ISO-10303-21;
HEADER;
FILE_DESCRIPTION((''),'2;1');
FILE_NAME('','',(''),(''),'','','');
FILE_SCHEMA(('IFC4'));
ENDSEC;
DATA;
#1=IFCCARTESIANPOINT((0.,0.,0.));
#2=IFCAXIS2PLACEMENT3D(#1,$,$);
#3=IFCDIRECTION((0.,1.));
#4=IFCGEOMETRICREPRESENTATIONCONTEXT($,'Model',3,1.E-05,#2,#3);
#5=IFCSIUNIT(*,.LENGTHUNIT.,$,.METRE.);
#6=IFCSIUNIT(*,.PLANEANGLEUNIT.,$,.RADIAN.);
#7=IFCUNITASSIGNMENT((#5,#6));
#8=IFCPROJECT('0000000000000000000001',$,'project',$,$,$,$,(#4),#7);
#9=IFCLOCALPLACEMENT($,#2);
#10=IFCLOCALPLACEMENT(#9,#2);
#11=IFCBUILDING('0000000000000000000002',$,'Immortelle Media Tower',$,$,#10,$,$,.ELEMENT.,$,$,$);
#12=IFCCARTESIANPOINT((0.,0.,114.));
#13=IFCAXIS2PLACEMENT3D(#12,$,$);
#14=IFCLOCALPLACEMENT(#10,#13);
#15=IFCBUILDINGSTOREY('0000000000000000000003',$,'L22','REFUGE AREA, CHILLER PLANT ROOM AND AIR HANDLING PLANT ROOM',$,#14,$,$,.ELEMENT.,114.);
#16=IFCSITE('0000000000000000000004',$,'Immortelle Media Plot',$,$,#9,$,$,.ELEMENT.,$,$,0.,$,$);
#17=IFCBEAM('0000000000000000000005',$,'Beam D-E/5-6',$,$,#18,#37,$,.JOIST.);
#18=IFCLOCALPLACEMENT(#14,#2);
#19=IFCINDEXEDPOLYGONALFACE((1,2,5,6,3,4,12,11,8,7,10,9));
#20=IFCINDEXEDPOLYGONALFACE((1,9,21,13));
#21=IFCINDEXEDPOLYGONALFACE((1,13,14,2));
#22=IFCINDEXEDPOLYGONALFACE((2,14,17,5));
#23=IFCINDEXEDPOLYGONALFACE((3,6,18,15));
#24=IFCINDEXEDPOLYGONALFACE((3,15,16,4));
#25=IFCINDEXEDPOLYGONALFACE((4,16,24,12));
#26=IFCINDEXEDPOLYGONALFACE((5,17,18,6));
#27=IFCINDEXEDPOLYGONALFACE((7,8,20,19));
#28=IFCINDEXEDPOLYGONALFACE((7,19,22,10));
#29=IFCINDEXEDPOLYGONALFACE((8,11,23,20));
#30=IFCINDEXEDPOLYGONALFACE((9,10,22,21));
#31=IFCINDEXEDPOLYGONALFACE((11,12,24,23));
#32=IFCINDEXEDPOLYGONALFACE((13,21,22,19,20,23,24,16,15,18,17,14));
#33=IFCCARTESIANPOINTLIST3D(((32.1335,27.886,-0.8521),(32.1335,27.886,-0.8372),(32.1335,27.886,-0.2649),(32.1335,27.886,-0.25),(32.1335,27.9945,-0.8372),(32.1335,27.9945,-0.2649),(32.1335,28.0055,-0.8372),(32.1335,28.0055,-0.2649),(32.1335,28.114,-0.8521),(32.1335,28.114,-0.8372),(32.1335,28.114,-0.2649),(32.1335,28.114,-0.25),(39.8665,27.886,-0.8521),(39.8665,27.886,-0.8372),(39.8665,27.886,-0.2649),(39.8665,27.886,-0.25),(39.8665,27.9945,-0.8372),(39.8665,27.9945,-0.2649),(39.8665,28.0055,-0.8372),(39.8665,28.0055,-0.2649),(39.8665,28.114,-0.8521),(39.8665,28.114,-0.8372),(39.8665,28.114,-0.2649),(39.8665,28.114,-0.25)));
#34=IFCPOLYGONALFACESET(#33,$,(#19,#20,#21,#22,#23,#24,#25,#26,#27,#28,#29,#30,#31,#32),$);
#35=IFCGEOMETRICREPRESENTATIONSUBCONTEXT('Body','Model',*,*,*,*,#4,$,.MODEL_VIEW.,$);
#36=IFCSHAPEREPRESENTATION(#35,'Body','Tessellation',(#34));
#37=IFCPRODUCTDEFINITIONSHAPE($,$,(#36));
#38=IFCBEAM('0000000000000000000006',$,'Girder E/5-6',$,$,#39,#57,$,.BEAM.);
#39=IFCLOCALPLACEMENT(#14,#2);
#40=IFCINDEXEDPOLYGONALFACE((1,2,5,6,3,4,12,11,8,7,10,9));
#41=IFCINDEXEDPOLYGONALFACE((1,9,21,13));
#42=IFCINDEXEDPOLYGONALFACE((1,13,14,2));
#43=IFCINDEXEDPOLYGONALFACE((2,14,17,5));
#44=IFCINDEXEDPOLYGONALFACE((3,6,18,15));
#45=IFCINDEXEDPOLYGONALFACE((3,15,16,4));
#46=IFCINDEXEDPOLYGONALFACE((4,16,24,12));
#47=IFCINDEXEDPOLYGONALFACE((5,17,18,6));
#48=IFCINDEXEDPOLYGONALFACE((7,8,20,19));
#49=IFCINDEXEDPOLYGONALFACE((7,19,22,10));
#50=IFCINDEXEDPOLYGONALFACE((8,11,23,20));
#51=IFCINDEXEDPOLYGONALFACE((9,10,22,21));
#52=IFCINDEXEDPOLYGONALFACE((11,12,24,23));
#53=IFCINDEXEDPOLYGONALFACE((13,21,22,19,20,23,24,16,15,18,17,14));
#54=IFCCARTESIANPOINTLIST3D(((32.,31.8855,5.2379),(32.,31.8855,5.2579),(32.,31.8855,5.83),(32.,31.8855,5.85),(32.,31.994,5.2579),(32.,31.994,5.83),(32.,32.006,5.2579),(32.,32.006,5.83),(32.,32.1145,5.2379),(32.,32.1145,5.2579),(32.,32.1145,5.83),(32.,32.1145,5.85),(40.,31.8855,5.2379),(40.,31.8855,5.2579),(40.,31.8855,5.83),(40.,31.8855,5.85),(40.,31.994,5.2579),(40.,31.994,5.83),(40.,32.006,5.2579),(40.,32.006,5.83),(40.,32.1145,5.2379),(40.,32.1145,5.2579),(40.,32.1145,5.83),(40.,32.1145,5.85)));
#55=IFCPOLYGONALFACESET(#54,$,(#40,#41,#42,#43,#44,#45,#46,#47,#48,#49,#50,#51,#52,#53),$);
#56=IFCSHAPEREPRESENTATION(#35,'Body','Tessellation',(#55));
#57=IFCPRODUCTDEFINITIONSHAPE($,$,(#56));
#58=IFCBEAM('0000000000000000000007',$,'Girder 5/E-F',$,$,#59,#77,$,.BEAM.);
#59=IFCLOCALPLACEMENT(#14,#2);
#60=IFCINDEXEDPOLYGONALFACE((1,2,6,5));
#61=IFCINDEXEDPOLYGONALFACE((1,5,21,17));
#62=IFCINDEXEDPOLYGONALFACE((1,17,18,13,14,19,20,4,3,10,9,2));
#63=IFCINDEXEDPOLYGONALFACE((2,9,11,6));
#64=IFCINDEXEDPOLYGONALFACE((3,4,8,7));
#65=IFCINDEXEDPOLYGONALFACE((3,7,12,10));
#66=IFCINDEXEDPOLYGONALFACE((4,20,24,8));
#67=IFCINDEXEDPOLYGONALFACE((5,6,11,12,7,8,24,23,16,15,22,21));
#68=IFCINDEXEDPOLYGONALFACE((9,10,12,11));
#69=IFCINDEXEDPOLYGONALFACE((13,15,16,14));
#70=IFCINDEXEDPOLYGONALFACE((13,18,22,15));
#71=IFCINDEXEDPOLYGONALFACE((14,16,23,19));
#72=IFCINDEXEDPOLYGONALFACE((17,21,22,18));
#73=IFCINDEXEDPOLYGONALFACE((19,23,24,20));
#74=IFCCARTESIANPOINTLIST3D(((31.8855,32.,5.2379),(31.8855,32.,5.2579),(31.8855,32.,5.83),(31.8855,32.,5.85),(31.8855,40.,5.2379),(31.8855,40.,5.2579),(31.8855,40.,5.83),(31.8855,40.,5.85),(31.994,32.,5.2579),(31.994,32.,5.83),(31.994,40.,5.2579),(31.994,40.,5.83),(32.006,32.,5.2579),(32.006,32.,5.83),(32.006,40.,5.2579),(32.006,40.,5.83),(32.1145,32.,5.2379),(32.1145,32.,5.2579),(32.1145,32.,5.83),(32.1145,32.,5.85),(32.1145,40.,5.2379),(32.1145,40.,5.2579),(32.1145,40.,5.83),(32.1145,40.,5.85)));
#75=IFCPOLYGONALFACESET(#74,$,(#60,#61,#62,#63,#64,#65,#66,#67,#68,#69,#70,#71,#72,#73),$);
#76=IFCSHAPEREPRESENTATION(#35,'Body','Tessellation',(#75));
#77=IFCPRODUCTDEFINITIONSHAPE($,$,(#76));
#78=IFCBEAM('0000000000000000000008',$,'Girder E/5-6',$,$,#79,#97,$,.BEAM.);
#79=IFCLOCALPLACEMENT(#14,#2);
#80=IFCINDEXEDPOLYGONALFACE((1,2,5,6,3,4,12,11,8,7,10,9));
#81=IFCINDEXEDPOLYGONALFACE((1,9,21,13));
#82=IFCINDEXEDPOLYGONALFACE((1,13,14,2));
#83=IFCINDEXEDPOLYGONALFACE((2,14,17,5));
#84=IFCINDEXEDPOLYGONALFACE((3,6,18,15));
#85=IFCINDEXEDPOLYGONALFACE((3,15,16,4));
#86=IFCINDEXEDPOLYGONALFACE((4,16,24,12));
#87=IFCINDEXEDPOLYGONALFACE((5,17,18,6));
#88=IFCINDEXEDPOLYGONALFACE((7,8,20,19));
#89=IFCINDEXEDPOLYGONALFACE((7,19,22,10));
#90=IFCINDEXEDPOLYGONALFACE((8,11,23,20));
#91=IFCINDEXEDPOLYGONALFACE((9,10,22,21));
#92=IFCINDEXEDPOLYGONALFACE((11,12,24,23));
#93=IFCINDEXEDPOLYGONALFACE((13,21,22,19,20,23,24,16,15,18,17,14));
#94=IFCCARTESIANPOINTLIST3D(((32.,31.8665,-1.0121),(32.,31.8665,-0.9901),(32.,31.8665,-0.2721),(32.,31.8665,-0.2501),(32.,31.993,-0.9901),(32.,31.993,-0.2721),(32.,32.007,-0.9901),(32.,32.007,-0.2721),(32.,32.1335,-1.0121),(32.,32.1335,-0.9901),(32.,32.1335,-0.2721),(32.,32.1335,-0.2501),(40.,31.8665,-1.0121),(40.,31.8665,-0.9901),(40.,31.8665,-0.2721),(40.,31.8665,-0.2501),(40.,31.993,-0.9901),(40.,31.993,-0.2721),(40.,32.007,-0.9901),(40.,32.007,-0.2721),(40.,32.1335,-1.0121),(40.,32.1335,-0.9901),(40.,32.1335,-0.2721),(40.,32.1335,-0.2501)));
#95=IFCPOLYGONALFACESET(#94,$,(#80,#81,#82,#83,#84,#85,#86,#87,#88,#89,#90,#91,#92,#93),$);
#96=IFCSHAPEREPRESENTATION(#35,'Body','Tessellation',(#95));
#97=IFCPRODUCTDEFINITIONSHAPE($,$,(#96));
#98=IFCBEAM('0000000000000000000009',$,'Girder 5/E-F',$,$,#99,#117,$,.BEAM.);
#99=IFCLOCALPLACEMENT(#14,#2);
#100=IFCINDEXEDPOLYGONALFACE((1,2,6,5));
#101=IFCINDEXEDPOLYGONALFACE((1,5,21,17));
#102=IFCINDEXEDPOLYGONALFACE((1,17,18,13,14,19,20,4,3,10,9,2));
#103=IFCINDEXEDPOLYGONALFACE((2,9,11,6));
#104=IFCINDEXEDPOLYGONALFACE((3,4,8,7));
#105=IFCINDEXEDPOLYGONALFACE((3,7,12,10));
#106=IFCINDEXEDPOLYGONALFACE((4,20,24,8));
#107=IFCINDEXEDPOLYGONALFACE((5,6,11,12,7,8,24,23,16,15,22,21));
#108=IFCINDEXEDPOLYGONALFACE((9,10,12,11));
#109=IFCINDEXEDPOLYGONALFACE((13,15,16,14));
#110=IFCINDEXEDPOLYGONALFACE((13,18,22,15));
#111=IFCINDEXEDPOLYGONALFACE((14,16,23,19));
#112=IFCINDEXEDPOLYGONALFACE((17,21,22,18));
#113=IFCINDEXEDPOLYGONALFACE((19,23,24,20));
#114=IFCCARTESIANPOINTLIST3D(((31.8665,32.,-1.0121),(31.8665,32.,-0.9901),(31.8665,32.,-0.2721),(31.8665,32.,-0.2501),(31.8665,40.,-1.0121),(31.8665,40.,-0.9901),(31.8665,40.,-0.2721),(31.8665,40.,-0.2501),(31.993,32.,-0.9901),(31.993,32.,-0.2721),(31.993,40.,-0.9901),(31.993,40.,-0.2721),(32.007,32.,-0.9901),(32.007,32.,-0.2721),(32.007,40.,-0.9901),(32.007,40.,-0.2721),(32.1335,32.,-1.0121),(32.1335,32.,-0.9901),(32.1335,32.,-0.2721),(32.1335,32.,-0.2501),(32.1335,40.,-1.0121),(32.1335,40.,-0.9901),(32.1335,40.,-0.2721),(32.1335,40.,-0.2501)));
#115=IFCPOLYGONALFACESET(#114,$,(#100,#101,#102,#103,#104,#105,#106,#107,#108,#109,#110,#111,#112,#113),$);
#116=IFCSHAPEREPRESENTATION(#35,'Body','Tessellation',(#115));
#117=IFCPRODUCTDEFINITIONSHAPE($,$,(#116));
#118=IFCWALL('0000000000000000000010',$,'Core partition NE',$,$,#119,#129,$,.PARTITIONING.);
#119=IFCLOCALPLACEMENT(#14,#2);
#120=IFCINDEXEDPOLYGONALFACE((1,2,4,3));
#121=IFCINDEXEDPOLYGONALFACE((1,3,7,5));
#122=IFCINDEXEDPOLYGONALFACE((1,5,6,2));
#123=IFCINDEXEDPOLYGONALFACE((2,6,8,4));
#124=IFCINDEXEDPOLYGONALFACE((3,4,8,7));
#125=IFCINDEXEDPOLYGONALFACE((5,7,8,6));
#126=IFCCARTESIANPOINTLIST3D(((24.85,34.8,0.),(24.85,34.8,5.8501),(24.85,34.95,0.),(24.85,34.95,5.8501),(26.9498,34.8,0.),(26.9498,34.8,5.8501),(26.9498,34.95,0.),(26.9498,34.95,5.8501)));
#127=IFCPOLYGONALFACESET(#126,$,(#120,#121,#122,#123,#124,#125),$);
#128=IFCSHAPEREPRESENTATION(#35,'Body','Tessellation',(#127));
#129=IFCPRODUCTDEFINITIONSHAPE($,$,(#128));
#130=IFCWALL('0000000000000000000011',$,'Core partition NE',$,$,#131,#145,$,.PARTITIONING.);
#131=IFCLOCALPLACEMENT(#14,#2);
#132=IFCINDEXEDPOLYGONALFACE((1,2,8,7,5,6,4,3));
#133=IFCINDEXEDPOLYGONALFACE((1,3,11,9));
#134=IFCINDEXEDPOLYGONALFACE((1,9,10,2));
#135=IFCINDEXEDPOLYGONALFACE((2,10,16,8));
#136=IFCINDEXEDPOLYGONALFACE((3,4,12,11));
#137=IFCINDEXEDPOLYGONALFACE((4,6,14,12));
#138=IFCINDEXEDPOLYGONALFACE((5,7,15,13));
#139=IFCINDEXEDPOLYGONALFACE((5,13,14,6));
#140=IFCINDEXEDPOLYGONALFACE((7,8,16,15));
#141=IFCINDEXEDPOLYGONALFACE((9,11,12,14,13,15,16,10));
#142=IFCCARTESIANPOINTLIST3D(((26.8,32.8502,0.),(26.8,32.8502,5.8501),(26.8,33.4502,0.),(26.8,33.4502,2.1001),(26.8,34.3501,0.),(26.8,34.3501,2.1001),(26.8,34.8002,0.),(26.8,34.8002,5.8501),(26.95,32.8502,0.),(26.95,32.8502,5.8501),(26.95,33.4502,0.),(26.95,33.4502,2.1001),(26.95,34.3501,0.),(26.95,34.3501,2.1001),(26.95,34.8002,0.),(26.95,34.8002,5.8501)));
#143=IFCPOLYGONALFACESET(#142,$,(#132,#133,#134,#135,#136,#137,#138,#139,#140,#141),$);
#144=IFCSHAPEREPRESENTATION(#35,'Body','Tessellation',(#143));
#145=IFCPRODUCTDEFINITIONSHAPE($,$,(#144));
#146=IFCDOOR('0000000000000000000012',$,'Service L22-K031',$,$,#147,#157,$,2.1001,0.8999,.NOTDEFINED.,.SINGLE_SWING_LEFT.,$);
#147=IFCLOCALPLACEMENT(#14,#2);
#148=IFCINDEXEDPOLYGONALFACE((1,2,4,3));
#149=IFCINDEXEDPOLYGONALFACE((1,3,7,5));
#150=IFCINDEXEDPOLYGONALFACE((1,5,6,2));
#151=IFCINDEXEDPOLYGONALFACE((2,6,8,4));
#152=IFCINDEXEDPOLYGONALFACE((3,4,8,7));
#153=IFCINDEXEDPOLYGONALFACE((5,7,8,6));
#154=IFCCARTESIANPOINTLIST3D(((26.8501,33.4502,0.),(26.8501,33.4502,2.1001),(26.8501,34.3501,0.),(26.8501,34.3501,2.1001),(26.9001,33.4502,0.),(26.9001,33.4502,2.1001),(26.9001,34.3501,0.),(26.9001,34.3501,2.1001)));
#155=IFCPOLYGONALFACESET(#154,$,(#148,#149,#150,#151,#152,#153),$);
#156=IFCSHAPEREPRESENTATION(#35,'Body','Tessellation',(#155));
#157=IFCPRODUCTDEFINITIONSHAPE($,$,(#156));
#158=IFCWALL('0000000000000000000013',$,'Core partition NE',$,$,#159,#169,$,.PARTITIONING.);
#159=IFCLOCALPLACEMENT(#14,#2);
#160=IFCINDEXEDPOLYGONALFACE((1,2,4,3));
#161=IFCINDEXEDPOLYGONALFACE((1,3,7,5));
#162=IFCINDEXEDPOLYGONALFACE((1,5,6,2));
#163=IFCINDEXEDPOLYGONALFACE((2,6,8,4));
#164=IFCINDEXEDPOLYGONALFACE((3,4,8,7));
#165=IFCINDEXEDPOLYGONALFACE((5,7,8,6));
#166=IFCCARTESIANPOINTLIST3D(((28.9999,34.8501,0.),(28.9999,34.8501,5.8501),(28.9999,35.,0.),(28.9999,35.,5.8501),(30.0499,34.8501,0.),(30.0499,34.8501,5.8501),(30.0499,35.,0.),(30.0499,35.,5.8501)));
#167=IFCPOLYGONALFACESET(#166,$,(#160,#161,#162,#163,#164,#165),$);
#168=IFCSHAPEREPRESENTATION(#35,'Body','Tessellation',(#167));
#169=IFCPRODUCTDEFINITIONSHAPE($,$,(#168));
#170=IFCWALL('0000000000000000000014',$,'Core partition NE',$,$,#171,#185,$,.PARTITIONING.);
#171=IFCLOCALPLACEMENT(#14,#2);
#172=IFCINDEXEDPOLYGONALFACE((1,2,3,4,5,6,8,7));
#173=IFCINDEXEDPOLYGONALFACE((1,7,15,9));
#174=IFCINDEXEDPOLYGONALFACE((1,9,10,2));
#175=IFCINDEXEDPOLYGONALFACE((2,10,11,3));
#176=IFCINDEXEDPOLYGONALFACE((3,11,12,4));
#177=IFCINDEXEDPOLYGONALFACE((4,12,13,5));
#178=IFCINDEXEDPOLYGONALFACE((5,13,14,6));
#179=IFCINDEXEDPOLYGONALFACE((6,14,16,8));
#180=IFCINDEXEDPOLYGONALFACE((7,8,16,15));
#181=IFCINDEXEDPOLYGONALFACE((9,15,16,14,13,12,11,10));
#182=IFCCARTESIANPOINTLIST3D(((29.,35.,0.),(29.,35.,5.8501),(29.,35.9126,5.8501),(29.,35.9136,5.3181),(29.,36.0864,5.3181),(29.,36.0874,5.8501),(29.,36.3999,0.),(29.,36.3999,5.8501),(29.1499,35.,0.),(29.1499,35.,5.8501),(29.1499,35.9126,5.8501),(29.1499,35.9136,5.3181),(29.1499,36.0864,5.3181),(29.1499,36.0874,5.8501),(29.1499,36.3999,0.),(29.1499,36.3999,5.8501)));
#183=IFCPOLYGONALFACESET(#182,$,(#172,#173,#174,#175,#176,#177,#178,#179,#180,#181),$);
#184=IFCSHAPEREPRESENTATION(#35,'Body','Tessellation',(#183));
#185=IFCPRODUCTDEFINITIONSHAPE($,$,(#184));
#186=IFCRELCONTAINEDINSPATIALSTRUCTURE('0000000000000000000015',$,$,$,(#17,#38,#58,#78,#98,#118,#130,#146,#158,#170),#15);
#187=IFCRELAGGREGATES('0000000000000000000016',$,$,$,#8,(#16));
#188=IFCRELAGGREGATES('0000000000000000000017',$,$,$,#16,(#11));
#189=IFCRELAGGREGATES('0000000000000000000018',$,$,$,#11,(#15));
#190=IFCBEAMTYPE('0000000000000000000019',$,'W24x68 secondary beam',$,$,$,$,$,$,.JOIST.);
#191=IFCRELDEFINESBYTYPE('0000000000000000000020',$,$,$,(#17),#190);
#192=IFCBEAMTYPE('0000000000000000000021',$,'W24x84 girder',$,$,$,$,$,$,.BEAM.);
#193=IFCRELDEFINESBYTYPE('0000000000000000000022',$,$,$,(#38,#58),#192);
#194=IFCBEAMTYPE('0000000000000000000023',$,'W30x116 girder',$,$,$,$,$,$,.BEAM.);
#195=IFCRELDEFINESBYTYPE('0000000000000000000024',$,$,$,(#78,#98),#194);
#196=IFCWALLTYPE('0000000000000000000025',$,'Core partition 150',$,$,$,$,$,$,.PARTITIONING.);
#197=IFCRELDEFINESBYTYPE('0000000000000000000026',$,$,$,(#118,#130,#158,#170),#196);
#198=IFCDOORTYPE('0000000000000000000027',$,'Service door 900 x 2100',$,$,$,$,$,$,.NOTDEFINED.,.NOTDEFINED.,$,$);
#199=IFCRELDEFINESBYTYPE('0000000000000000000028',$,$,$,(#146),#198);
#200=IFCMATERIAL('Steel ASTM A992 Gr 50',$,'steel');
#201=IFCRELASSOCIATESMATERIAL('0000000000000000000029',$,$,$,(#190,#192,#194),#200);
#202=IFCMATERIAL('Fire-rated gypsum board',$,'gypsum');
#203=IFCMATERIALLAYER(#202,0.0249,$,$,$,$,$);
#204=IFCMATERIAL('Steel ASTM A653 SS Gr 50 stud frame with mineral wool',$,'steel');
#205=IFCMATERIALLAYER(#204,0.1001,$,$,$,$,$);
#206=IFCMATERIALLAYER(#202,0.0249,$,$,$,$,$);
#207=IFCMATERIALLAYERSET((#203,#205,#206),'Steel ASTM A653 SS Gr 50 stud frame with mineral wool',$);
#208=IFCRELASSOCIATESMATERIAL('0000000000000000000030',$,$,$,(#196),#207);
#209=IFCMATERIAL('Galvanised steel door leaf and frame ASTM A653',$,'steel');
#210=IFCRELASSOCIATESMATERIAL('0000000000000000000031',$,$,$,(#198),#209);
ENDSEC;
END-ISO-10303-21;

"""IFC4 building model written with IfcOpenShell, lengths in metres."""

from ifc_helpers import new_model, si_unit, direction, frame, frame_2d, origin, origin_2d, place, context, subcontext, project, spatial, polyline, rectangle, i_section, outline, extrude, material, layer, layer_set, material_profile, profile_set, type_object, element, fill, save


model = new_model("IFC4")

# Units and contexts
model_context = context("Model", 3, precision=1e-05, world=origin(), true_north=direction((0.0, 1.0)))
body_context = subcontext(model_context, "Body", "Model", "MODEL_VIEW")
ifc_project = project(units=[si_unit("LENGTHUNIT", "METRE"), si_unit("PLANEANGLEUNIT", "RADIAN")], contexts=[model_context])

# Site, building, storey
site_placement = place(None, origin())
site = spatial("IfcSite", under=ifc_project, at=site_placement, Name="Immortelle Media Plot", CompositionType="ELEMENT", RefElevation=0.0)
building_placement = place(site_placement, origin())
building = spatial("IfcBuilding", under=site, at=building_placement, Name="Immortelle Media Tower", CompositionType="ELEMENT")
storey_placement = place(building_placement, frame((0.0, 0.0, 114.0)))
storey = spatial("IfcBuildingStorey", under=building, at=storey_placement, Name="L22", Description="REFUGE AREA, CHILLER PLANT ROOM AND AIR HANDLING PLANT ROOM", CompositionType="ELEMENT", Elevation=114.0)

# Shared definitions
ifc_material_1 = material(Name="Steel ASTM A992 Gr 50", Category="steel")

# Beams
ifc_material_profile_1 = material_profile(ifc_material_1, i_section(OverallWidth=0.228, OverallDepth=0.6021, WebThickness=0.011, FlangeThickness=0.0149, at=origin_2d()), Name="W24x68")
ifc_profile_set_1 = profile_set([ifc_material_profile_1], Name="Steel ASTM A992 Gr 50")
beam_type_1 = type_object("IfcBeamType", Name="W24x68 secondary beam", PredefinedType="JOIST", material=ifc_profile_set_1)
beam_placement = place(storey_placement, frame((32.1335, 28.0, -0.551), z_axis=(1.0, 0.0, 0.0), x_axis=(0.0, 1.0, 0.0)))
element("IfcBeam", 1, at=beam_placement, inside=storey, type_object=beam_type_1, Name="Beam D-E/5-6", PredefinedType="JOIST", context=body_context, shape_type="SweptSolid", body=[
    extrude(i_section(OverallWidth=0.228, OverallDepth=0.6021, WebThickness=0.011, FlangeThickness=0.0149, at=origin_2d()), origin(), (0.0, 0.0, 1.0), 7.7329),
])
ifc_material_profile_2 = material_profile(ifc_material_1, i_section(OverallWidth=0.229, OverallDepth=0.6121, WebThickness=0.012, FlangeThickness=0.02, at=origin_2d()), Name="W24x84")
ifc_profile_set_2 = profile_set([ifc_material_profile_2], Name="Steel ASTM A992 Gr 50")
beam_type_2 = type_object("IfcBeamType", Name="W24x84 girder", PredefinedType="BEAM", material=ifc_profile_set_2)
for number, where, z_axis, x_axis, name in (
    (2, (32.0, 32.0, 5.5439), (1.0, 0.0, 0.0), (0.0, 1.0, 0.0), "Girder E/5-6"),
    (3, (32.0, 32.0, 5.5439), (0.0, 1.0, 0.0), (-1.0, 0.0, 0.0), "Girder 5/E-F"),
):
    element("IfcBeam", number, at=place(storey_placement, frame(where, z_axis=z_axis, x_axis=x_axis)), inside=storey, type_object=beam_type_2, Name=name, PredefinedType="BEAM", context=body_context, shape_type="SweptSolid", body=[
        extrude(i_section(OverallWidth=0.229, OverallDepth=0.6121, WebThickness=0.012, FlangeThickness=0.02, at=origin_2d()), origin(), (0.0, 0.0, 1.0), 8.0),
    ])
ifc_material_profile_3 = material_profile(ifc_material_1, i_section(OverallWidth=0.2671, OverallDepth=0.762, WebThickness=0.0139, FlangeThickness=0.022, at=origin_2d()), Name="W30x116")
ifc_profile_set_3 = profile_set([ifc_material_profile_3], Name="Steel ASTM A992 Gr 50")
beam_type_3 = type_object("IfcBeamType", Name="W30x116 girder", PredefinedType="BEAM", material=ifc_profile_set_3)
for number, where, z_axis, x_axis, name in (
    (4, (32.0, 32.0, -0.6311), (1.0, 0.0, 0.0), (0.0, 1.0, 0.0), "Girder E/5-6"),
    (5, (32.0, 32.0, -0.6311), (0.0, 1.0, 0.0), (-1.0, 0.0, 0.0), "Girder 5/E-F"),
):
    element("IfcBeam", number, at=place(storey_placement, frame(where, z_axis=z_axis, x_axis=x_axis)), inside=storey, type_object=beam_type_3, Name=name, PredefinedType="BEAM", context=body_context, shape_type="SweptSolid", body=[
        extrude(i_section(OverallWidth=0.2671, OverallDepth=0.762, WebThickness=0.0139, FlangeThickness=0.022, at=origin_2d()), origin(), (0.0, 0.0, 1.0), 8.0),
    ])

# Wall
ifc_material_2 = material(Name="Fire-rated gypsum board", Category="gypsum")
ifc_layer_1 = layer(ifc_material_2, 0.0249)
ifc_material_3 = material(Name="Steel ASTM A653 SS Gr 50 stud frame with mineral wool", Category="steel")
ifc_layer_2 = layer(ifc_material_3, 0.1001)
ifc_layer_3 = layer(ifc_material_2, 0.0249)
ifc_layer_set_1 = layer_set([ifc_layer_1, ifc_layer_2, ifc_layer_3], Name="Steel ASTM A653 SS Gr 50 stud frame with mineral wool")
wall_type_1 = type_object("IfcWallType", Name="Core partition 150", PredefinedType="PARTITIONING", material=ifc_layer_set_1)
wall_1_placement = place(storey_placement, frame((24.8501, 34.875, 0.0), z_axis=(0.0, 0.0, 1.0), x_axis=(1.0, 0.0, 0.0)))
element("IfcWall", 6, at=wall_1_placement, inside=storey, type_object=wall_type_1, Name="Core partition NE", PredefinedType="PARTITIONING", context=body_context, shape_type="SweptSolid", body=[
    extrude(rectangle(XDim=2.0999, YDim=0.1499, at=frame_2d((1.0498, 0.0))), origin(), (0.0, 0.0, 1.0), 5.8501),
])

# Wall, opening, door
wall_2_placement = place(storey_placement, frame((26.875, 32.8501, 0.0), z_axis=(0.0, 0.0, 1.0), x_axis=(0.0, 1.0, 0.0)))
wall_2 = element("IfcWall", 7, at=wall_2_placement, inside=storey, type_object=wall_type_1, Name="Core partition NE", PredefinedType="PARTITIONING", context=body_context, shape_type="SweptSolid", body=[
    extrude(rectangle(XDim=1.95, YDim=0.1499, at=frame_2d((0.9751, 0.0))), origin(), (0.0, 0.0, 1.0), 5.8501),
])
opening_1_placement = place(wall_2_placement, frame((0.6001, 0.0, 0.0)))
opening_1 = element("IfcOpeningElement", 8, at=opening_1_placement, cuts=wall_2, PredefinedType="OPENING", context=body_context, shape_type="SweptSolid", body=[
    extrude(rectangle(XDim=0.8999, YDim=2.1001, at=frame_2d((0.45, 1.05))), frame((0.0, 0.085, 0.0), z_axis=(0.0, -1.0, 0.0), x_axis=(1.0, 0.0, 0.0)), (0.0, 0.0, 1.0), 0.1699),
])
ifc_material_4 = material(Name="Galvanised steel door leaf and frame ASTM A653", Category="steel")
door_type_1 = type_object("IfcDoorType", Name="Service door 900 x 2100", OperationType="NOTDEFINED", PredefinedType="NOTDEFINED", material=ifc_material_4)
door_1_placement = place(opening_1_placement, origin())
door_1 = element("IfcDoor", 9, at=door_1_placement, inside=storey, type_object=door_type_1, Name="Service L22-K031", OperationType="SINGLE_SWING_LEFT", OverallHeight=2.1001, OverallWidth=0.8999, PredefinedType="NOTDEFINED", context=body_context, shape_type="SweptSolid", body=[
    extrude(rectangle(XDim=0.8999, YDim=2.1001, at=frame_2d((0.45, 1.05))), frame((0.0, 0.0249, 0.0), z_axis=(0.0, -1.0, 0.0), x_axis=(1.0, 0.0, 0.0)), (0.0, 0.0, 1.0), 0.05),
])
fill(opening_1, door_1)

# Walls
wall_3_placement = place(storey_placement, frame((29.0, 34.925, 0.0), z_axis=(0.0, 0.0, 1.0), x_axis=(1.0, 0.0, 0.0)))
element("IfcWall", 10, at=wall_3_placement, inside=storey, type_object=wall_type_1, Name="Core partition NE", PredefinedType="PARTITIONING", context=body_context, shape_type="SweptSolid", body=[
    extrude(rectangle(XDim=1.05, YDim=0.1499, at=frame_2d((0.5249, 0.0))), origin(), (0.0, 0.0, 1.0), 5.8501),
])
wall_4_placement = place(storey_placement, frame((29.075, 35.0, 0.0), z_axis=(0.0, 0.0, 1.0), x_axis=(0.0, 1.0, 0.0)))
element("IfcWall", 11, at=wall_4_placement, inside=storey, type_object=wall_type_1, Name="Core partition NE", PredefinedType="PARTITIONING", context=body_context, shape_type="SweptSolid", body=[
    extrude(outline(polyline([(0.0, 0.0), (1.3999, 0.0), (1.3999, 5.8501), (1.0874, 5.8501), (1.0864, 5.3181), (0.9136, 5.3181), (0.9126, 5.8501), (0.0, 5.8501), (0.0, 0.0)])), frame((0.0, 0.075, 0.0), z_axis=(0.0, -1.0, 0.0), x_axis=(1.0, 0.0, 0.0)), (0.0, 0.0, 1.0), 0.1499),
])

save(model, "model.ifc")
